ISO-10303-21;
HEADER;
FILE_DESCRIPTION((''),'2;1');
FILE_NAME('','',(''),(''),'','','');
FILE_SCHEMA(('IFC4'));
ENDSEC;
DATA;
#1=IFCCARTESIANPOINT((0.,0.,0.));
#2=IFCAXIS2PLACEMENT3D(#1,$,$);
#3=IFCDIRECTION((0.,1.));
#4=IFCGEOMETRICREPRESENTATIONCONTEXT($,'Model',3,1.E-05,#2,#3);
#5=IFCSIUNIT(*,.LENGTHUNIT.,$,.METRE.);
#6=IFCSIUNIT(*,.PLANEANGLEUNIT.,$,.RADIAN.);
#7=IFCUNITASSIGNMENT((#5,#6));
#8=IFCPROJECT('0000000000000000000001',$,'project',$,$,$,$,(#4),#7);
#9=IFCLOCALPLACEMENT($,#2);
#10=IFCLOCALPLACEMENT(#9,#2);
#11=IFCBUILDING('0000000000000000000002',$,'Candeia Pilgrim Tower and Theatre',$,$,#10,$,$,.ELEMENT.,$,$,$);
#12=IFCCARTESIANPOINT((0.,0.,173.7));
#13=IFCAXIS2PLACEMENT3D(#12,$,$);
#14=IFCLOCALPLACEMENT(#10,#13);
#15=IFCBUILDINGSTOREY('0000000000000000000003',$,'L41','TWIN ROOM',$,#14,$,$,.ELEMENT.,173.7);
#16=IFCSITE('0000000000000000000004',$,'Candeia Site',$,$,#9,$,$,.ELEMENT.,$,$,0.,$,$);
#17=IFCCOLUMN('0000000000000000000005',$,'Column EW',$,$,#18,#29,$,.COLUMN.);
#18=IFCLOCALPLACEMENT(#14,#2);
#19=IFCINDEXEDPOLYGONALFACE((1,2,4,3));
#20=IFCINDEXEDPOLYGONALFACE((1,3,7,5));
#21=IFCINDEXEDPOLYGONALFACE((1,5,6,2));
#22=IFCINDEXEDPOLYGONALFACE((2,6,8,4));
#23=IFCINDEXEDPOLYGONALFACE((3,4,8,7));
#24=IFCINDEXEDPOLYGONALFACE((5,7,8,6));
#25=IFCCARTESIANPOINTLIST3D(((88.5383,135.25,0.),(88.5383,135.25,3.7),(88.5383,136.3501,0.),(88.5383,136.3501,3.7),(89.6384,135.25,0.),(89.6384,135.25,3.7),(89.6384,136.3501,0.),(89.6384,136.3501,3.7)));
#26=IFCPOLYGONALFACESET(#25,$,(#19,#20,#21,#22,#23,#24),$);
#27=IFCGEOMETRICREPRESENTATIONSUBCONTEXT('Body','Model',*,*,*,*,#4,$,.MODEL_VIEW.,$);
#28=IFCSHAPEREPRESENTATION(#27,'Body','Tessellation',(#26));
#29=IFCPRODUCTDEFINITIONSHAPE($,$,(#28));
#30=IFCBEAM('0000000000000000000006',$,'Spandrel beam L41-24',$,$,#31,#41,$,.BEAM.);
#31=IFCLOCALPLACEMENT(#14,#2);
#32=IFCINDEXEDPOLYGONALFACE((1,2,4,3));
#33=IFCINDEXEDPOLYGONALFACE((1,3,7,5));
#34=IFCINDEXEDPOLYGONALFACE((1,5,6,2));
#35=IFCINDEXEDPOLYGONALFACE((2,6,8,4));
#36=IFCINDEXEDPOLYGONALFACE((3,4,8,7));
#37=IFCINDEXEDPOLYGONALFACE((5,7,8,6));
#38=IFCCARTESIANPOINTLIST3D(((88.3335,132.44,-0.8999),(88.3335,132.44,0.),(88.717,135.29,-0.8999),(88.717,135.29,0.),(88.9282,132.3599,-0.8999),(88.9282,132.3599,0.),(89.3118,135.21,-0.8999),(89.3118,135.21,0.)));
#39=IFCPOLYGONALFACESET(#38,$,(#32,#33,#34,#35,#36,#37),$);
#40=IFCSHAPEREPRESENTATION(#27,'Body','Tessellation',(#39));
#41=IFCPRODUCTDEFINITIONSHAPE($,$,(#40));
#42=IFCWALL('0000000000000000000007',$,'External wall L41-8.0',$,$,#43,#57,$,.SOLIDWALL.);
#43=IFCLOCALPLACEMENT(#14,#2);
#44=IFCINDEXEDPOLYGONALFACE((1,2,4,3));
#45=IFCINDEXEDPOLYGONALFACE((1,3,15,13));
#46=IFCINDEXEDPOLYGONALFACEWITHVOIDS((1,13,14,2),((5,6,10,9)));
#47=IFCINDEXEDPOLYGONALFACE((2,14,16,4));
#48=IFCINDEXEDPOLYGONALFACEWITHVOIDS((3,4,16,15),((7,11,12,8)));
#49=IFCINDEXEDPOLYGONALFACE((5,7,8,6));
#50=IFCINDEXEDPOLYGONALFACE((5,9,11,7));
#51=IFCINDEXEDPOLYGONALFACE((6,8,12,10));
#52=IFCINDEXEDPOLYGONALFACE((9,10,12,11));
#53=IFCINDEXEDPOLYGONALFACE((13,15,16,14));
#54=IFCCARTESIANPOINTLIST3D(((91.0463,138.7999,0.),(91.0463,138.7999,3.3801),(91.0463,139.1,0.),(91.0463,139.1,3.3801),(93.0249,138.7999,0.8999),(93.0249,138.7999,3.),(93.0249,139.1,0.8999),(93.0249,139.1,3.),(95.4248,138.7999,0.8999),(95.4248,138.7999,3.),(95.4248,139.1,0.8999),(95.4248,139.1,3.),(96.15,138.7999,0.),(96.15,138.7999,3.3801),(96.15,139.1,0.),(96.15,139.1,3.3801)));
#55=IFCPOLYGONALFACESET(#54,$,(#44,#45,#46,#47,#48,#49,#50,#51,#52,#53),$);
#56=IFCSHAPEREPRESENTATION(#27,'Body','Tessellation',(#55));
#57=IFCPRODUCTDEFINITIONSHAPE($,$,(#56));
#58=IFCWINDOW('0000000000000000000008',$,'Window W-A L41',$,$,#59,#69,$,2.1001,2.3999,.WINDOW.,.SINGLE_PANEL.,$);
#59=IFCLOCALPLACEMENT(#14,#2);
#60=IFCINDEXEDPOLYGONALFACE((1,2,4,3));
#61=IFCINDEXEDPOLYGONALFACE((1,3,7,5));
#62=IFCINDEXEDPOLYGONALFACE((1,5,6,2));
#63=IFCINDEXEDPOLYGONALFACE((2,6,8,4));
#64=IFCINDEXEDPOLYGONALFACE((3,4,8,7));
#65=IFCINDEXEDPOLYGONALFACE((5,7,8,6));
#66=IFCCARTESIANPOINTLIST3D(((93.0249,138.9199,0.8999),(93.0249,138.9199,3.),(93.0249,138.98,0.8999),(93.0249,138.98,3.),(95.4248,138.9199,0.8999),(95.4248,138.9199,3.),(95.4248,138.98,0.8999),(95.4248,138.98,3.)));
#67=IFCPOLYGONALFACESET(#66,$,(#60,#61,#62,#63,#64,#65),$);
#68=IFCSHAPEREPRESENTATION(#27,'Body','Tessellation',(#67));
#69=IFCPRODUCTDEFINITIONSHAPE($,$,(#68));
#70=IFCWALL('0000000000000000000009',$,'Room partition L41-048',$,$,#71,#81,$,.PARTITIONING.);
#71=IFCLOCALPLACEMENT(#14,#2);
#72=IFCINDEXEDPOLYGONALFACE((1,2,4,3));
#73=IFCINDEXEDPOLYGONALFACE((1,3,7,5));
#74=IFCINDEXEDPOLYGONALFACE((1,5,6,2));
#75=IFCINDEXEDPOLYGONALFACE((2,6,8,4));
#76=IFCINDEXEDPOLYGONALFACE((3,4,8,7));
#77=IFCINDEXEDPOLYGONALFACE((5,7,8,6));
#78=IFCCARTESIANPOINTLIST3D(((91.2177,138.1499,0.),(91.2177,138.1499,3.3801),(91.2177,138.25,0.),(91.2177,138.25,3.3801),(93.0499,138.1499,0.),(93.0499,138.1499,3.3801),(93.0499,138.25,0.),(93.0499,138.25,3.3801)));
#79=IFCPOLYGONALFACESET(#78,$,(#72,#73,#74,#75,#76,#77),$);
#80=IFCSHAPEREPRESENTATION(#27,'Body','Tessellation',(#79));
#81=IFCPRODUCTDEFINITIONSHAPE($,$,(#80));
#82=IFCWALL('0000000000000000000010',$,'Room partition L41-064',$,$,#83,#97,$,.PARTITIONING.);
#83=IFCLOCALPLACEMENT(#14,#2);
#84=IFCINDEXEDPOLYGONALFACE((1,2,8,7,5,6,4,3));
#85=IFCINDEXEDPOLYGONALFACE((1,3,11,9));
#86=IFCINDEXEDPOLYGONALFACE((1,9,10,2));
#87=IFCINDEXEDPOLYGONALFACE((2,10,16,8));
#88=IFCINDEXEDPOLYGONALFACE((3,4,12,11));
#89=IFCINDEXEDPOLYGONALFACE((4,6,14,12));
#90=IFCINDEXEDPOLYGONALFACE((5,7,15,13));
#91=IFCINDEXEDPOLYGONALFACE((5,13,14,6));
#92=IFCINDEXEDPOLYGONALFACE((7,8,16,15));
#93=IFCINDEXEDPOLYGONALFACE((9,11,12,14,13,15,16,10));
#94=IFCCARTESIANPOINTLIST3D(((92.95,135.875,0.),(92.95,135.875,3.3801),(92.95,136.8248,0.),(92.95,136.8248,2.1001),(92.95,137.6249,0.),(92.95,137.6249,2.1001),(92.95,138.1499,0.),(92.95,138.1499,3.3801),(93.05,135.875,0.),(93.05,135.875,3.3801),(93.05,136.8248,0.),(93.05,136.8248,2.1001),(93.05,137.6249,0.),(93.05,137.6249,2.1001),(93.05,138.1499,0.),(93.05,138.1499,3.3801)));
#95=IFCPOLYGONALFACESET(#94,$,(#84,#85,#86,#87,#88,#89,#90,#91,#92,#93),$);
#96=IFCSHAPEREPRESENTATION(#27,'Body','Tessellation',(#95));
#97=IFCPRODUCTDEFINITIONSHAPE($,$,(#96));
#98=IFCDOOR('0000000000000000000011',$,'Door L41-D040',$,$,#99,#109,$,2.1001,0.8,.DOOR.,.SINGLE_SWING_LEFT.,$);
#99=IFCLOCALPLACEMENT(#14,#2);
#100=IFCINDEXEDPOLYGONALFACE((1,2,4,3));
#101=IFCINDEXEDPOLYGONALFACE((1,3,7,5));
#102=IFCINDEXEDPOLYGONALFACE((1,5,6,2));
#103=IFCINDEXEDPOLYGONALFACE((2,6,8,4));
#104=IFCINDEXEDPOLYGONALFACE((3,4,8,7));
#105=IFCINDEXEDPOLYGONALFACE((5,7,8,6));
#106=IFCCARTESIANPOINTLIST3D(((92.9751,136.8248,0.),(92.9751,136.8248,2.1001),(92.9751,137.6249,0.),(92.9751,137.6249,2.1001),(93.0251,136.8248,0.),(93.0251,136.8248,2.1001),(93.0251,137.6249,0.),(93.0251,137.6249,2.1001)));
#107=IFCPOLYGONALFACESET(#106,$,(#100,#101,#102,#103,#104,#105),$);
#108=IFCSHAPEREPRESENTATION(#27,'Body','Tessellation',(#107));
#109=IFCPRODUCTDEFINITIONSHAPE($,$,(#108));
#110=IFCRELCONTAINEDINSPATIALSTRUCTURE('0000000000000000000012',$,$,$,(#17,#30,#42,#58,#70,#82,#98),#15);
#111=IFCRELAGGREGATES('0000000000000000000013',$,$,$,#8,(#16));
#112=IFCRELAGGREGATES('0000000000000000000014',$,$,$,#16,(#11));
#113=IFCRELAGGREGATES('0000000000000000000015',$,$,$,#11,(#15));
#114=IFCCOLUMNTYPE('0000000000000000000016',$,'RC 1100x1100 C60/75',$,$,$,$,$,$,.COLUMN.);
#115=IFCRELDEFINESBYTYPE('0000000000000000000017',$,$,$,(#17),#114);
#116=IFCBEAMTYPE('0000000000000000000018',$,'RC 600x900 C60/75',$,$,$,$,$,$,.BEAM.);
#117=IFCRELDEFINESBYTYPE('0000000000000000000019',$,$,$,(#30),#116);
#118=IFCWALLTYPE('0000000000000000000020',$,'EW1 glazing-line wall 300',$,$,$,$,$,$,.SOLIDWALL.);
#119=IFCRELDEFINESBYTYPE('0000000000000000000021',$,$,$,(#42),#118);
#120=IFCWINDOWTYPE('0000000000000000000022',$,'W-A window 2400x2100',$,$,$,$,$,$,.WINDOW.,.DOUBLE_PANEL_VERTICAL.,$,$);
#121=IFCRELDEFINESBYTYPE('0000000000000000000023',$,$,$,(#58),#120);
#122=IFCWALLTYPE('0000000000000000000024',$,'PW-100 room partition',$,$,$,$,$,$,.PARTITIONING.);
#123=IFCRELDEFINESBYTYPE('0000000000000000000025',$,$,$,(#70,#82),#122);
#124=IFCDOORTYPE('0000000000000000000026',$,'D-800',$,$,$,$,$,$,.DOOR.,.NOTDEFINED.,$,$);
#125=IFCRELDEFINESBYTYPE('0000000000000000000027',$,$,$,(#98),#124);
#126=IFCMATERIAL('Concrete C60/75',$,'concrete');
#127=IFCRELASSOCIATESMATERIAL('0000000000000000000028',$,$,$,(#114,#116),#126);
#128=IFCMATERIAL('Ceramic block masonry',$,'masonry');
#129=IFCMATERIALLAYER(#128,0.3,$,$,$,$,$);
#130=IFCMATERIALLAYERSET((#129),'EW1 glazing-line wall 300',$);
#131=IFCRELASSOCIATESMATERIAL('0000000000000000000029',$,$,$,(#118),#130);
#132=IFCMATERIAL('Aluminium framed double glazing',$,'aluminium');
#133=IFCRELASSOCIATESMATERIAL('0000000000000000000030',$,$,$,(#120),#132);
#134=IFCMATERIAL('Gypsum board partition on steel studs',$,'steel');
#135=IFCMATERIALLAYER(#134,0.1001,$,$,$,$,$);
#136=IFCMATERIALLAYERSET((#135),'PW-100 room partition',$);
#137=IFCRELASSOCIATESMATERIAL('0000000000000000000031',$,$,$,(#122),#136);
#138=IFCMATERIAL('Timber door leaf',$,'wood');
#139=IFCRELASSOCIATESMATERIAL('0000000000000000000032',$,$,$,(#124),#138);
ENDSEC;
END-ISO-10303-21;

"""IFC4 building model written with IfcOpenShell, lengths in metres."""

from ifc_helpers import new_model, si_unit, direction, frame, frame_2d, origin, origin_2d, place, context, subcontext, project, spatial, rectangle, extrude, material, layer, layer_set, material_profile, profile_set, type_object, element, fill, save


model = new_model("IFC4")

# Units and contexts
model_context = context("Model", 3, precision=1e-05, world=origin(), true_north=direction((0.0, 1.0)))
body_context = subcontext(model_context, "Body", "Model", "MODEL_VIEW")
ifc_project = project(units=[si_unit("LENGTHUNIT", "METRE"), si_unit("PLANEANGLEUNIT", "RADIAN")], contexts=[model_context])

# Site, building, storey
site_placement = place(None, origin())
site = spatial("IfcSite", under=ifc_project, at=site_placement, Name="Candeia Site", CompositionType="ELEMENT", RefElevation=0.0)
building_placement = place(site_placement, origin())
building = spatial("IfcBuilding", under=site, at=building_placement, Name="Candeia Pilgrim Tower and Theatre", CompositionType="ELEMENT")
storey_placement = place(building_placement, frame((0.0, 0.0, 173.7)))
storey = spatial("IfcBuildingStorey", under=building, at=storey_placement, Name="L41", Description="TWIN ROOM", CompositionType="ELEMENT", Elevation=173.7)

# Column
ifc_material_1 = material(Name="Concrete C60/75", Category="concrete")
ifc_material_profile_1 = material_profile(ifc_material_1, rectangle(XDim=1.1001, YDim=1.1001, at=origin_2d()))
ifc_profile_set_1 = profile_set([ifc_material_profile_1], Name="Concrete C60/75")
column_type = type_object("IfcColumnType", Name="RC 1100x1100 C60/75", PredefinedType="COLUMN", material=ifc_profile_set_1)
column_placement = place(storey_placement, frame((89.0884, 135.8, 0.0), z_axis=(0.0, 0.0, 1.0), x_axis=(1.0, 0.0, 0.0)))
element("IfcColumn", 1, at=column_placement, inside=storey, type_object=column_type, Name="Column EW", PredefinedType="COLUMN", context=body_context, shape_type="SweptSolid", body=[
    extrude(rectangle(XDim=1.1001, YDim=1.1001, at=origin_2d()), origin(), (0.0, 0.0, 1.0), 3.7),
])

# Beam
ifc_material_profile_2 = material_profile(ifc_material_1, rectangle(XDim=0.6001, YDim=0.8999, at=origin_2d()))
ifc_profile_set_2 = profile_set([ifc_material_profile_2], Name="Concrete C60/75")
beam_type = type_object("IfcBeamType", Name="RC 600x900 C60/75", PredefinedType="BEAM", material=ifc_profile_set_2)
beam_placement = place(storey_placement, frame((89.0144, 135.25, -0.45), z_axis=(-0.13337, -0.991066, 0.0), x_axis=(0.991066, -0.13337, 0.0)))
element("IfcBeam", 2, at=beam_placement, inside=storey, type_object=beam_type, Name="Spandrel beam L41-24", PredefinedType="BEAM", context=body_context, shape_type="SweptSolid", body=[
    extrude(rectangle(XDim=0.6001, YDim=0.8999, at=origin_2d()), origin(), (0.0, 0.0, 1.0), 2.8757),
])

# Wall, opening, window
ifc_material_2 = material(Name="Ceramic block masonry", Category="masonry")
ifc_layer_1 = layer(ifc_material_2, 0.3)
ifc_layer_set_1 = layer_set([ifc_layer_1], Name="EW1 glazing-line wall 300")
wall_type_1 = type_object("IfcWallType", Name="EW1 glazing-line wall 300", PredefinedType="SOLIDWALL", material=ifc_layer_set_1)
wall_1_placement = place(storey_placement, frame((96.1499, 138.95, 0.0), z_axis=(0.0, 0.0, 1.0), x_axis=(-1.0, 0.0, 0.0)))
wall_1 = element("IfcWall", 3, at=wall_1_placement, inside=storey, type_object=wall_type_1, Name="External wall L41-8.0", PredefinedType="SOLIDWALL", context=body_context, shape_type="SweptSolid", body=[
    extrude(rectangle(XDim=5.1038, YDim=0.3, at=frame_2d((2.5518, 0.0))), origin(), (0.0, 0.0, 1.0), 3.3801),
])
opening_1_placement = place(wall_1_placement, frame((0.7251, 0.0, 0.8999)))
opening_1 = element("IfcOpeningElement", 4, at=opening_1_placement, cuts=wall_1, PredefinedType="OPENING", context=body_context, shape_type="SweptSolid", body=[
    extrude(rectangle(XDim=2.3999, YDim=2.1001, at=frame_2d((1.2, 1.05))), frame((0.0, 0.1602, 0.0), z_axis=(0.0, -1.0, 0.0), x_axis=(1.0, 0.0, 0.0)), (0.0, 0.0, 1.0), 0.3201),
])
ifc_material_3 = material(Name="Aluminium framed double glazing", Category="aluminium")
window_type_1 = type_object("IfcWindowType", Name="W-A window 2400x2100", PartitioningType="DOUBLE_PANEL_VERTICAL", PredefinedType="WINDOW", material=ifc_material_3)
window_1_placement = place(opening_1_placement, origin())
window_1 = element("IfcWindow", 5, at=window_1_placement, inside=storey, type_object=window_type_1, Name="Window W-A L41", OverallHeight=2.1001, OverallWidth=2.3999, PartitioningType="SINGLE_PANEL", PredefinedType="WINDOW", context=body_context, shape_type="SweptSolid", body=[
    extrude(rectangle(XDim=2.3999, YDim=2.1001, at=frame_2d((1.2, 1.05))), frame((0.0, 0.03, 0.0), z_axis=(0.0, -1.0, 0.0), x_axis=(1.0, 0.0, 0.0)), (0.0, 0.0, 1.0), 0.0601),
])
fill(opening_1, window_1)

# Wall
ifc_material_4 = material(Name="Gypsum board partition on steel studs", Category="steel")
ifc_layer_2 = layer(ifc_material_4, 0.1001)
ifc_layer_set_2 = layer_set([ifc_layer_2], Name="PW-100 room partition")
wall_type_2 = type_object("IfcWallType", Name="PW-100 room partition", PredefinedType="PARTITIONING", material=ifc_layer_set_2)
wall_2_placement = place(storey_placement, frame((91.2178, 138.2, 0.0), z_axis=(0.0, 0.0, 1.0), x_axis=(1.0, 0.0, 0.0)))
element("IfcWall", 6, at=wall_2_placement, inside=storey, type_object=wall_type_2, Name="Room partition L41-048", PredefinedType="PARTITIONING", context=body_context, shape_type="SweptSolid", body=[
    extrude(rectangle(XDim=1.8323, YDim=0.1001, at=frame_2d((0.916, 0.0))), origin(), (0.0, 0.0, 1.0), 3.3801),
])

# Wall, opening, door
wall_3_placement = place(storey_placement, frame((93.0, 135.875, 0.0), z_axis=(0.0, 0.0, 1.0), x_axis=(0.0, 1.0, 0.0)))
wall_3 = element("IfcWall", 7, at=wall_3_placement, inside=storey, type_object=wall_type_2, Name="Room partition L41-064", PredefinedType="PARTITIONING", context=body_context, shape_type="SweptSolid", body=[
    extrude(rectangle(XDim=2.2749, YDim=0.1001, at=frame_2d((1.1375, 0.0))), origin(), (0.0, 0.0, 1.0), 3.3801),
])
opening_2_placement = place(wall_3_placement, frame((0.95, 0.0, 0.0)))
opening_2 = element("IfcOpeningElement", 8, at=opening_2_placement, cuts=wall_3, PredefinedType="OPENING", context=body_context, shape_type="SweptSolid", body=[
    extrude(rectangle(XDim=0.8, YDim=2.1001, at=frame_2d((0.3999, 1.05))), frame((0.0, 0.0601, 0.0), z_axis=(0.0, -1.0, 0.0), x_axis=(1.0, 0.0, 0.0)), (0.0, 0.0, 1.0), 0.1201),
])
ifc_material_5 = material(Name="Timber door leaf", Category="wood")
door_type_1 = type_object("IfcDoorType", Name="D-800", OperationType="NOTDEFINED", PredefinedType="DOOR", material=ifc_material_5)
door_1_placement = place(opening_2_placement, origin())
door_1 = element("IfcDoor", 9, at=door_1_placement, inside=storey, type_object=door_type_1, Name="Door L41-D040", OperationType="SINGLE_SWING_LEFT", OverallHeight=2.1001, OverallWidth=0.8, PredefinedType="DOOR", context=body_context, shape_type="SweptSolid", body=[
    extrude(rectangle(XDim=0.8, YDim=2.1001, at=frame_2d((0.3999, 1.05))), frame((0.0, 0.0249, 0.0), z_axis=(0.0, -1.0, 0.0), x_axis=(1.0, 0.0, 0.0)), (0.0, 0.0, 1.0), 0.05),
])
fill(opening_2, door_1)

save(model, "model.ifc")
